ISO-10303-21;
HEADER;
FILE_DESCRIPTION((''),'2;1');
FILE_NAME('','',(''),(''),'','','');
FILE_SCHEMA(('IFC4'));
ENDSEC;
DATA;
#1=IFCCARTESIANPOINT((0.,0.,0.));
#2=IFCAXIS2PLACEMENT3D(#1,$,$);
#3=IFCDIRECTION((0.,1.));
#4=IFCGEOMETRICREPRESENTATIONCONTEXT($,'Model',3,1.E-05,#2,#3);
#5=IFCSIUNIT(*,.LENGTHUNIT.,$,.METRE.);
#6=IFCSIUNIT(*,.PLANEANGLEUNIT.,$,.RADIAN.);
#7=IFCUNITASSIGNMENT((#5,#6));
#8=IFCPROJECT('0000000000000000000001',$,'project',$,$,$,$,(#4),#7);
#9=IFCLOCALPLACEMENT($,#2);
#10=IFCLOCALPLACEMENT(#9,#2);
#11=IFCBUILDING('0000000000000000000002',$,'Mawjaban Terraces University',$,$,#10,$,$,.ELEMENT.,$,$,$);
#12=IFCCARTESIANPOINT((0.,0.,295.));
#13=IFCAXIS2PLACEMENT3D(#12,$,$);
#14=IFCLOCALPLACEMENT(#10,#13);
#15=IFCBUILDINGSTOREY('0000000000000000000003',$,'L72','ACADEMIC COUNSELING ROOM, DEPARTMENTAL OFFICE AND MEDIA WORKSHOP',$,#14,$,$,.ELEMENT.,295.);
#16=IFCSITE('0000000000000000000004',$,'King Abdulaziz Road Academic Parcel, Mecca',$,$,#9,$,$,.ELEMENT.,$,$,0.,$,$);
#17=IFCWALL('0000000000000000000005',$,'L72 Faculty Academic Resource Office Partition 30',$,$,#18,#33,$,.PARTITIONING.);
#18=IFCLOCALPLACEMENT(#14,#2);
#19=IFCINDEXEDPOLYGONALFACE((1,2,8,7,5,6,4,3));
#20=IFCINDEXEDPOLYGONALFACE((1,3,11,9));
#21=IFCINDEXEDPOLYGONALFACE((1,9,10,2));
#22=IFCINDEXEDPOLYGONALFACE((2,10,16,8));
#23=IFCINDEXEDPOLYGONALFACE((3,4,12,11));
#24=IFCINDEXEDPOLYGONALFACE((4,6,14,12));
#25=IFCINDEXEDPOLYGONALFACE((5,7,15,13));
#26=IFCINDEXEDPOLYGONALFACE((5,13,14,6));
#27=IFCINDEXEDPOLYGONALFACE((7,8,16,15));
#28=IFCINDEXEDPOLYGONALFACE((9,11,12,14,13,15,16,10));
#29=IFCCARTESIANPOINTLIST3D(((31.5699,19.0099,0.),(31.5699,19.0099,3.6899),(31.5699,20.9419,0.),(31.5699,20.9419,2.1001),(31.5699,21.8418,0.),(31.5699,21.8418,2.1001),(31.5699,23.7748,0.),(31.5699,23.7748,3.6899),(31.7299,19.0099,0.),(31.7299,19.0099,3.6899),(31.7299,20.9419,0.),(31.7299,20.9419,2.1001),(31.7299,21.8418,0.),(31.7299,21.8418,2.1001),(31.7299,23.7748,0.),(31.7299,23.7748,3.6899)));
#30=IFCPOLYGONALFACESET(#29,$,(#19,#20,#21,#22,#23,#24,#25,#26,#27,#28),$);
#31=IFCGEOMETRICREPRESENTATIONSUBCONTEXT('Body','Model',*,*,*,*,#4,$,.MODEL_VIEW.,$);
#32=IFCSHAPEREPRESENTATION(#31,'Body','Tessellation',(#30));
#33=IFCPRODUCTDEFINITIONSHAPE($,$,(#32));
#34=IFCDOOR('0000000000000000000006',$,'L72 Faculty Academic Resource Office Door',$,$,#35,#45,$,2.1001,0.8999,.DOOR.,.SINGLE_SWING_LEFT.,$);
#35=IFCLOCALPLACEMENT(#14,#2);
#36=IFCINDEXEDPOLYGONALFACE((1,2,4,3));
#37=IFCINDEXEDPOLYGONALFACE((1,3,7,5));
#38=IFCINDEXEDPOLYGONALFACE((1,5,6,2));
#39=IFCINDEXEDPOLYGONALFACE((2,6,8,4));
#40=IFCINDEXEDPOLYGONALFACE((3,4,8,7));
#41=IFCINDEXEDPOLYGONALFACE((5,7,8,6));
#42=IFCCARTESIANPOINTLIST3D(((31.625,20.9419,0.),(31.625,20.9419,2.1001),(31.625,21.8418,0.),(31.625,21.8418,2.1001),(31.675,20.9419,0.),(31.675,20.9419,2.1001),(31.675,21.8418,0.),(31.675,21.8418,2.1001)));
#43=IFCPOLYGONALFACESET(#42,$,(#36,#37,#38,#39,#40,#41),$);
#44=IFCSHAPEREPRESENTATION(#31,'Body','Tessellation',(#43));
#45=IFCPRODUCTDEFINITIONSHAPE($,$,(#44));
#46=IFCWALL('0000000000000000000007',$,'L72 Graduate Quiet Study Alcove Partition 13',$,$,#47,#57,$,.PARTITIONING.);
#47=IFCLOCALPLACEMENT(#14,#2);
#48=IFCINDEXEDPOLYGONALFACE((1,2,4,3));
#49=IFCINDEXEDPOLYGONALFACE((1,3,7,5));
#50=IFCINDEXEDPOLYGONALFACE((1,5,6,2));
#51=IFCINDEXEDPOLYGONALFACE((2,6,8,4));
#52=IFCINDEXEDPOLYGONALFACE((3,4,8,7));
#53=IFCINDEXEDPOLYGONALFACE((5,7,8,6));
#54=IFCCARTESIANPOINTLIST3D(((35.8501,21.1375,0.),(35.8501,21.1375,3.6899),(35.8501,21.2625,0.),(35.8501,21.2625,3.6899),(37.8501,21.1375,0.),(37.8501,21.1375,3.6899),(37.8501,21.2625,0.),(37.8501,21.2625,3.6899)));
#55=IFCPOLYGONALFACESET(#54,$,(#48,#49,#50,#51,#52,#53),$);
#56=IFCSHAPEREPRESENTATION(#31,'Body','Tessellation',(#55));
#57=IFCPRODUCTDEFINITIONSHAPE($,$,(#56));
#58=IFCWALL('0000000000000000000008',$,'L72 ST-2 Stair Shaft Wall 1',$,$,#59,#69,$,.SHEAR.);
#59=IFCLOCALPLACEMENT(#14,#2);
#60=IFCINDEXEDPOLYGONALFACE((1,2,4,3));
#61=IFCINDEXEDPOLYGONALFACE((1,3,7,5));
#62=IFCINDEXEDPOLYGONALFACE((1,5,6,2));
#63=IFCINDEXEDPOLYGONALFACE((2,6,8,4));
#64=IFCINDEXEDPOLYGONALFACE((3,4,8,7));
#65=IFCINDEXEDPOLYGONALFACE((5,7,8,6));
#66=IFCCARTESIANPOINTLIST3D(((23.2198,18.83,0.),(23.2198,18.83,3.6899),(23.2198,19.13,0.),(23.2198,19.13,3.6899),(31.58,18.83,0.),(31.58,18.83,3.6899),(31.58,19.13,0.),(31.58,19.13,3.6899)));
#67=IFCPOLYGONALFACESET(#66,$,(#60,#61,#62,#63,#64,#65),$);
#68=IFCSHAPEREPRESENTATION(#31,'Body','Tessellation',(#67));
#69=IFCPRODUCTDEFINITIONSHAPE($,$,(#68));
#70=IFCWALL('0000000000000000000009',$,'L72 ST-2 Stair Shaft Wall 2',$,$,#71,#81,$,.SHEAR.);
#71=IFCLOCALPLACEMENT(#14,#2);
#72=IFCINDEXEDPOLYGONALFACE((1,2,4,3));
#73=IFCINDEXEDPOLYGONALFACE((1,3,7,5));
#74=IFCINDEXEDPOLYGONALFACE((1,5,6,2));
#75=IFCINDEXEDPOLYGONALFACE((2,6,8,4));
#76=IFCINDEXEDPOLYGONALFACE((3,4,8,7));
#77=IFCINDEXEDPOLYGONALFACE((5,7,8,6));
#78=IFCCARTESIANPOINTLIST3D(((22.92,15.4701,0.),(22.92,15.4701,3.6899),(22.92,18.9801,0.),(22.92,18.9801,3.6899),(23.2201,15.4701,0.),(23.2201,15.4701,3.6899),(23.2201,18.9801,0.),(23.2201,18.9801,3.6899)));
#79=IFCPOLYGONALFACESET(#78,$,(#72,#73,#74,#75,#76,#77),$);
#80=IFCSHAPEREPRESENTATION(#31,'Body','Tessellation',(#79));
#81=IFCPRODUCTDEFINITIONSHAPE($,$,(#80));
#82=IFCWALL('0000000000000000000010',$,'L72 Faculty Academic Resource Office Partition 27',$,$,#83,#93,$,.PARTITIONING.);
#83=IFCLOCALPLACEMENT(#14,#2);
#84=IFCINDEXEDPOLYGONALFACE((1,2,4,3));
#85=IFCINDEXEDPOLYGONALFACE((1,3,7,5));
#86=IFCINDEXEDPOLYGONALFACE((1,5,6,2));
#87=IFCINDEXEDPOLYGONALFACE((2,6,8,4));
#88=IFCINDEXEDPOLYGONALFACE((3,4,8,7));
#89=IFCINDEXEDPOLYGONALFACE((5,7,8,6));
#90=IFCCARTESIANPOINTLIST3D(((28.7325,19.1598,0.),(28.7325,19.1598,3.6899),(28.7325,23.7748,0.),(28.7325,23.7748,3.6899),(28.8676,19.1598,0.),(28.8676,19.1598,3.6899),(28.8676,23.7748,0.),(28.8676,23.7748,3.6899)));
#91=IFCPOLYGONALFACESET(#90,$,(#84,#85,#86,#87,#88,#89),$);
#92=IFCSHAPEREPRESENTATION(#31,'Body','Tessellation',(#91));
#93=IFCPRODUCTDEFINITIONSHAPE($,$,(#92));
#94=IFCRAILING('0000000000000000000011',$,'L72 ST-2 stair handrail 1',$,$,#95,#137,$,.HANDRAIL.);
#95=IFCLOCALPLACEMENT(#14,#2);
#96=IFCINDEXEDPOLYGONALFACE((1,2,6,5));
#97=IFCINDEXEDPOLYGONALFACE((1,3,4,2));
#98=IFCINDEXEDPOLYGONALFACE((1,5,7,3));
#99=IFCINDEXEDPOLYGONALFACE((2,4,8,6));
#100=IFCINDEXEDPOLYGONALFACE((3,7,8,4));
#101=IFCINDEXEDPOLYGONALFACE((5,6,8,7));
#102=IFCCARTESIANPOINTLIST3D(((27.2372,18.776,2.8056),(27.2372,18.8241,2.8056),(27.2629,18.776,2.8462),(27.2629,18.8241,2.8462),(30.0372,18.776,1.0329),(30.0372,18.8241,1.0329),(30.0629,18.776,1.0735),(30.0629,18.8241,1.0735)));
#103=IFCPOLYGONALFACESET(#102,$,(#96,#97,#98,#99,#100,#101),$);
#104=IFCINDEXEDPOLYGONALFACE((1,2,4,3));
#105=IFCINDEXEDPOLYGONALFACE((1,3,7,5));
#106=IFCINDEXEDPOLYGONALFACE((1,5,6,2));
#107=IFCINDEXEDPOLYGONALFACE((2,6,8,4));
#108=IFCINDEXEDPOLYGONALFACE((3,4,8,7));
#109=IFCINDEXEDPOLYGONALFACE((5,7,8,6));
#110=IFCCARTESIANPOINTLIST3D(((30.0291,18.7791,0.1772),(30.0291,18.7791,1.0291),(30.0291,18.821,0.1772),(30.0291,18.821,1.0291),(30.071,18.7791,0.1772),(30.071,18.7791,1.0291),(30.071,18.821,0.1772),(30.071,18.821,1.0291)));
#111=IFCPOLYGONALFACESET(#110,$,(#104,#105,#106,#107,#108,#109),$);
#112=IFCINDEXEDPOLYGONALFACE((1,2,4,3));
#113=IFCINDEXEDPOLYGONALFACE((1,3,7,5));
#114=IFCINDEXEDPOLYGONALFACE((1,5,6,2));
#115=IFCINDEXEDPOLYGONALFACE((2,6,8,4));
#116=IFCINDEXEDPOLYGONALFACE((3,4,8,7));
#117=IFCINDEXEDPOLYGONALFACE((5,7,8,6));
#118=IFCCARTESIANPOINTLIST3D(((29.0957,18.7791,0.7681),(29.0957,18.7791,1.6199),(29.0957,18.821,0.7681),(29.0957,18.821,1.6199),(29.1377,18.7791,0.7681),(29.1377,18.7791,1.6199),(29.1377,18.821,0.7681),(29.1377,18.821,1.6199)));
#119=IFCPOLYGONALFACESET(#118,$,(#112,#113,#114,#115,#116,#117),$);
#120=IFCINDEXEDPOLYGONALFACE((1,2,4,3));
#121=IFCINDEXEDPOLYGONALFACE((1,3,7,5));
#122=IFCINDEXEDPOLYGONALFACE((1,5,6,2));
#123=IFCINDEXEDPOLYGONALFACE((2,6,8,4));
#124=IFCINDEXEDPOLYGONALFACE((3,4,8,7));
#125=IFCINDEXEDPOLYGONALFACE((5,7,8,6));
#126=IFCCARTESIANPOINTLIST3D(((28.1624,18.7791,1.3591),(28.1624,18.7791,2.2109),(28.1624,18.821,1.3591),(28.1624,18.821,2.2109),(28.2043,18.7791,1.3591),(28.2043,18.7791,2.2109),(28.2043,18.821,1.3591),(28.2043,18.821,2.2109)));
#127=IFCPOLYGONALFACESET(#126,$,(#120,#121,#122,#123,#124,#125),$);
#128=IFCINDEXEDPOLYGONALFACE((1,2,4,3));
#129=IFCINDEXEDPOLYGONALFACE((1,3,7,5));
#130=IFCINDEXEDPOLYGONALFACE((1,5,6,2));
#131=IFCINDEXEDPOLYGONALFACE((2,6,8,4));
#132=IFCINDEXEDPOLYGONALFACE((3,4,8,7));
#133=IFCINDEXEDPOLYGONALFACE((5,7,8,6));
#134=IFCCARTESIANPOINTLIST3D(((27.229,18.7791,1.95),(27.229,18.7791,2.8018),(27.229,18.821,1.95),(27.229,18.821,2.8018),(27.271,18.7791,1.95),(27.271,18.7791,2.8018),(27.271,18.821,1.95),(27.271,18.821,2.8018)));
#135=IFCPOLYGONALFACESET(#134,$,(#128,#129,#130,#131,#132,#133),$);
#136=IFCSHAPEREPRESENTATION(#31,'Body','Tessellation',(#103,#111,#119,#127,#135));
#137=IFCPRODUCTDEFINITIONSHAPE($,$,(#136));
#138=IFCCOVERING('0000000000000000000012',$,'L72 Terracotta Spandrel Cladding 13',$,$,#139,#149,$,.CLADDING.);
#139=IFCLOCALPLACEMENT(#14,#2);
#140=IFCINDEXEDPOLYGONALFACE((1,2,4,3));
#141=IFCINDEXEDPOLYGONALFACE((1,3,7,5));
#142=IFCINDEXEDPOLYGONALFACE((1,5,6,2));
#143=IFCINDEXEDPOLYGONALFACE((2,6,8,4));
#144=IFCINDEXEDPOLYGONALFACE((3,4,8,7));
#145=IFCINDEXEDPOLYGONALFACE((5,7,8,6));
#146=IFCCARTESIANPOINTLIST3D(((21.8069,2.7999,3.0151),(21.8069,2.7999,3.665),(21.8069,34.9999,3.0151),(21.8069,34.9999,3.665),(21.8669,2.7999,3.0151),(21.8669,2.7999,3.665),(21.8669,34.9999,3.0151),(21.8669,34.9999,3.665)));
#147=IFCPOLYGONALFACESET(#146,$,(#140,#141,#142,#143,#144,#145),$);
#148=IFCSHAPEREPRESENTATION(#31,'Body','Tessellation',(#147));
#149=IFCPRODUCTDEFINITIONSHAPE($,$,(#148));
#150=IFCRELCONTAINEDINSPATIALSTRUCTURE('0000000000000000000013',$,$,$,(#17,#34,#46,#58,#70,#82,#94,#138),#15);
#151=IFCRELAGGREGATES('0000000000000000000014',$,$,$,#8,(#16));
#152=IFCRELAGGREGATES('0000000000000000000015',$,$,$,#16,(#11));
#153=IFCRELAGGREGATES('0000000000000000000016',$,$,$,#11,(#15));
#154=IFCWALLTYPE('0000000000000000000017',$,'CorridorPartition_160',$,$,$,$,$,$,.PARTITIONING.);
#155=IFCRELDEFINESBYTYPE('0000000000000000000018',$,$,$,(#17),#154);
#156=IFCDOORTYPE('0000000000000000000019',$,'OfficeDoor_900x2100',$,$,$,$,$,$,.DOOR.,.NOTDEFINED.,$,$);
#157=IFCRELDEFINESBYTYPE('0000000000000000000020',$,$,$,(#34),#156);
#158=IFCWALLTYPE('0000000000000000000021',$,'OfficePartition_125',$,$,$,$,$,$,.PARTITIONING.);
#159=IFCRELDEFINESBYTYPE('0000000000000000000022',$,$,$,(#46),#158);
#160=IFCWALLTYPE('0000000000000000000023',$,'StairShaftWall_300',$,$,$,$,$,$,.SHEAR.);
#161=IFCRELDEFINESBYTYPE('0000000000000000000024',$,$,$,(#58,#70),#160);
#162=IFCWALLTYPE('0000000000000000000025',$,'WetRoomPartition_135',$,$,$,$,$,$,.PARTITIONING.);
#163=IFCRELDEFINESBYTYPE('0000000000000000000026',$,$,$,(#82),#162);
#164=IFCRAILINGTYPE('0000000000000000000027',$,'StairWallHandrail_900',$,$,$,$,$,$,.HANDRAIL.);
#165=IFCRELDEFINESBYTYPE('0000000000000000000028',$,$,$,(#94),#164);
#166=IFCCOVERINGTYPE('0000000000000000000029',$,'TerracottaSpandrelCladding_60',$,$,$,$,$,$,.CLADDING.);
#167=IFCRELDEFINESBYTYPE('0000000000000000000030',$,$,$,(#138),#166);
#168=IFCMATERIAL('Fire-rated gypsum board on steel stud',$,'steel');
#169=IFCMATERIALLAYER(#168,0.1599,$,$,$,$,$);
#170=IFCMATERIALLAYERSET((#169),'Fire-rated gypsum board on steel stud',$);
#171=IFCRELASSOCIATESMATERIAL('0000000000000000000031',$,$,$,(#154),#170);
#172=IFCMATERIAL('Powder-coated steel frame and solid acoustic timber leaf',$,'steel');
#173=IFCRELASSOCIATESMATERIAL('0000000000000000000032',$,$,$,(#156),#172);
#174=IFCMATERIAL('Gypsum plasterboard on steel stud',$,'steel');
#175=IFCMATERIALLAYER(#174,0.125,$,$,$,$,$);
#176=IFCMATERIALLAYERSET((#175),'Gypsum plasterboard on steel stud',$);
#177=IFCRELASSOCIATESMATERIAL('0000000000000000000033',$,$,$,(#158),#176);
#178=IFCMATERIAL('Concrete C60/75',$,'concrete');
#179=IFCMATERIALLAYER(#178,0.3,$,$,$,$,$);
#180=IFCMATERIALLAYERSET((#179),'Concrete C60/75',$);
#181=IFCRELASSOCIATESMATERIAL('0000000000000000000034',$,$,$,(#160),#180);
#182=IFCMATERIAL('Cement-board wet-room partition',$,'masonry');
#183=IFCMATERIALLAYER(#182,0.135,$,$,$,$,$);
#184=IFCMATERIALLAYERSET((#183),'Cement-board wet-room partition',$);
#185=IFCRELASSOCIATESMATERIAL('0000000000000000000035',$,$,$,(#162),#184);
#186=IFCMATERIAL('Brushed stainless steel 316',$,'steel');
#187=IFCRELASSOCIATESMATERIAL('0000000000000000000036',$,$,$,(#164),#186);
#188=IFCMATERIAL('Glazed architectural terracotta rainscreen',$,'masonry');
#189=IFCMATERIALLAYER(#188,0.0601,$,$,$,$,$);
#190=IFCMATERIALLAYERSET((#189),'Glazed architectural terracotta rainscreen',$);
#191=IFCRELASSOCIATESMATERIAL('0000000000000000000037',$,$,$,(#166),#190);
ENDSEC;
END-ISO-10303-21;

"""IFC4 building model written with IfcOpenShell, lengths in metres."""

from ifc_helpers import new_model, si_unit, direction, frame, frame_2d, origin, origin_2d, place, context, subcontext, project, spatial, rectangle, extrude, material, layer, layer_set, type_object, element, fill, save


model = new_model("IFC4")

# Units and contexts
model_context = context("Model", 3, precision=1e-05, world=origin(), true_north=direction((0.0, 1.0)))
body_context = subcontext(model_context, "Body", "Model", "MODEL_VIEW")
ifc_project = project(units=[si_unit("LENGTHUNIT", "METRE"), si_unit("PLANEANGLEUNIT", "RADIAN")], contexts=[model_context])

# Site, building, storey
site_placement = place(None, origin())
site = spatial("IfcSite", under=ifc_project, at=site_placement, Name="King Abdulaziz Road Academic Parcel, Mecca", CompositionType="ELEMENT", RefElevation=0.0)
building_placement = place(site_placement, origin())
building = spatial("IfcBuilding", under=site, at=building_placement, Name="Mawjaban Terraces University", CompositionType="ELEMENT")
storey_placement = place(building_placement, frame((0.0, 0.0, 295.0)))
storey = spatial("IfcBuildingStorey", under=building, at=storey_placement, Name="L72", Description="ACADEMIC COUNSELING ROOM, DEPARTMENTAL OFFICE AND MEDIA WORKSHOP", CompositionType="ELEMENT", Elevation=295.0)

# Shared definitions
ifc_material_1 = material(Name="Fire-rated gypsum board on steel stud", Category="steel")
ifc_layer_1 = layer(ifc_material_1, 0.1599)
ifc_layer_set_1 = layer_set([ifc_layer_1], Name="Fire-rated gypsum board on steel stud")
wall_type_1 = type_object("IfcWallType", Name="CorridorPartition_160", PredefinedType="PARTITIONING", material=ifc_layer_set_1)
ifc_material_2 = material(Name="Powder-coated steel frame and solid acoustic timber leaf", Category="steel")

# Wall, opening, door
door_type_1 = type_object("IfcDoorType", Name="OfficeDoor_900x2100", OperationType="NOTDEFINED", PredefinedType="DOOR", material=ifc_material_2)
wall_1_placement = place(storey_placement, frame((31.6499, 19.01, 0.0), z_axis=(0.0, 0.0, 1.0), x_axis=(0.0, 1.0, 0.0)))
wall_1 = element("IfcWall", 1, at=wall_1_placement, inside=storey, type_object=wall_type_1, Name="L72 Faculty Academic Resource Office Partition 30", PredefinedType="PARTITIONING", context=body_context, shape_type="SweptSolid", body=[
    extrude(rectangle(XDim=4.7649, YDim=0.1599, at=frame_2d((2.3823, 0.0))), origin(), (0.0, 0.0, 1.0), 3.6899),
])
opening_1_placement = place(wall_1_placement, frame((1.9319, 0.0, 0.0)))
opening_1 = element("IfcOpeningElement", 2, at=opening_1_placement, cuts=wall_1, PredefinedType="OPENING", context=body_context, shape_type="SweptSolid", body=[
    extrude(rectangle(XDim=0.8999, YDim=2.1001, at=frame_2d((0.45, 1.05))), frame((0.0, 0.0898, 0.0), z_axis=(0.0, -1.0, 0.0), x_axis=(1.0, 0.0, 0.0)), (0.0, 0.0, 1.0), 0.1799),
])
door_1_placement = place(opening_1_placement, origin())
door_1 = element("IfcDoor", 3, at=door_1_placement, inside=storey, type_object=door_type_1, Name="L72 Faculty Academic Resource Office Door", OperationType="SINGLE_SWING_LEFT", OverallHeight=2.1001, OverallWidth=0.8999, PredefinedType="DOOR", context=body_context, shape_type="SweptSolid", body=[
    extrude(rectangle(XDim=0.8999, YDim=2.1001, at=frame_2d((0.45, 1.05))), frame((0.0, 0.0249, 0.0), z_axis=(0.0, -1.0, 0.0), x_axis=(1.0, 0.0, 0.0)), (0.0, 0.0, 1.0), 0.05),
])
fill(opening_1, door_1)

# Walls
ifc_material_3 = material(Name="Gypsum plasterboard on steel stud", Category="steel")
ifc_layer_2 = layer(ifc_material_3, 0.125)
ifc_layer_set_2 = layer_set([ifc_layer_2], Name="Gypsum plasterboard on steel stud")
wall_type_2 = type_object("IfcWallType", Name="OfficePartition_125", PredefinedType="PARTITIONING", material=ifc_layer_set_2)
wall_2_placement = place(storey_placement, frame((35.8501, 21.2, 0.0), z_axis=(0.0, 0.0, 1.0), x_axis=(1.0, 0.0, 0.0)))
element("IfcWall", 4, at=wall_2_placement, inside=storey, type_object=wall_type_2, Name="L72 Graduate Quiet Study Alcove Partition 13", PredefinedType="PARTITIONING", context=body_context, shape_type="SweptSolid", body=[
    extrude(rectangle(XDim=2.0, YDim=0.125, at=frame_2d((1.0, 0.0))), origin(), (0.0, 0.0, 1.0), 3.6899),
])
ifc_material_4 = material(Name="Concrete C60/75", Category="concrete")
ifc_layer_3 = layer(ifc_material_4, 0.3)
ifc_layer_set_3 = layer_set([ifc_layer_3], Name="Concrete C60/75")
wall_type_3 = type_object("IfcWallType", Name="StairShaftWall_300", PredefinedType="SHEAR", material=ifc_layer_set_3)
wall_3_placement = place(storey_placement, frame((31.5801, 18.98, 0.0), z_axis=(0.0, 0.0, 1.0), x_axis=(-1.0, 0.0, 0.0)))
element("IfcWall", 5, at=wall_3_placement, inside=storey, type_object=wall_type_3, Name="L72 ST-2 Stair Shaft Wall 1", PredefinedType="SHEAR", context=body_context, shape_type="SweptSolid", body=[
    extrude(rectangle(XDim=8.3601, YDim=0.3, at=frame_2d((4.1802, 0.0))), origin(), (0.0, 0.0, 1.0), 3.6899),
])
wall_4_placement = place(storey_placement, frame((23.0701, 18.98, 0.0), z_axis=(0.0, 0.0, 1.0), x_axis=(0.0, -1.0, 0.0)))
element("IfcWall", 6, at=wall_4_placement, inside=storey, type_object=wall_type_3, Name="L72 ST-2 Stair Shaft Wall 2", PredefinedType="SHEAR", context=body_context, shape_type="SweptSolid", body=[
    extrude(rectangle(XDim=3.51, YDim=0.3, at=frame_2d((1.7549, 0.0))), origin(), (0.0, 0.0, 1.0), 3.6899),
])
ifc_material_5 = material(Name="Cement-board wet-room partition", Category="masonry")
ifc_layer_4 = layer(ifc_material_5, 0.135)
ifc_layer_set_4 = layer_set([ifc_layer_4], Name="Cement-board wet-room partition")
wall_type_4 = type_object("IfcWallType", Name="WetRoomPartition_135", PredefinedType="PARTITIONING", material=ifc_layer_set_4)
wall_5_placement = place(storey_placement, frame((28.8, 23.7749, 0.0), z_axis=(0.0, 0.0, 1.0), x_axis=(0.0, -1.0, 0.0)))
element("IfcWall", 7, at=wall_5_placement, inside=storey, type_object=wall_type_4, Name="L72 Faculty Academic Resource Office Partition 27", PredefinedType="PARTITIONING", context=body_context, shape_type="SweptSolid", body=[
    extrude(rectangle(XDim=4.615, YDim=0.135, at=frame_2d((2.3076, 0.0))), origin(), (0.0, 0.0, 1.0), 3.6899),
])

# Railing
ifc_material_6 = material(Name="Brushed stainless steel 316", Category="steel")
railing_type_1 = type_object("IfcRailingType", Name="StairWallHandrail_900", PredefinedType="HANDRAIL", material=ifc_material_6)
railing_1_placement = place(storey_placement, frame((30.05, 18.8, 0.1772)))
element("IfcRailing", 8, at=railing_1_placement, inside=storey, type_object=railing_type_1, Name="L72 ST-2 stair handrail 1", PredefinedType="HANDRAIL", context=body_context, shape_type="SweptSolid", body=[
    extrude(rectangle(XDim=0.0481, YDim=0.0481, at=origin_2d()), frame((0.0, 0.0, 0.876), z_axis=(-0.844909, 0.0, 0.53491), x_axis=(0.0, -1.0, 0.0)), (0.0, 0.0, 1.0), 3.314),
    extrude(rectangle(XDim=0.042, YDim=0.042, at=origin_2d()), origin(), (0.0, 0.0, 1.0), 0.8518),
    extrude(rectangle(XDim=0.042, YDim=0.042, at=origin_2d()), frame((-0.9333, 0.0, 0.5908)), (0.0, 0.0, 1.0), 0.8518),
    extrude(rectangle(XDim=0.042, YDim=0.042, at=origin_2d()), frame((-1.8667, 0.0, 1.1819)), (0.0, 0.0, 1.0), 0.8518),
    extrude(rectangle(XDim=0.042, YDim=0.042, at=origin_2d()), frame((-2.8, 0.0, 1.7727)), (0.0, 0.0, 1.0), 0.8518),
])

# Covering
ifc_material_7 = material(Name="Glazed architectural terracotta rainscreen", Category="masonry")
ifc_layer_5 = layer(ifc_material_7, 0.0601)
ifc_layer_set_5 = layer_set([ifc_layer_5], Name="Glazed architectural terracotta rainscreen")
covering_type = type_object("IfcCoveringType", Name="TerracottaSpandrelCladding_60", PredefinedType="CLADDING", material=ifc_layer_set_5)
covering_placement = place(storey_placement, frame((21.8369, 18.8999, 3.0151), z_axis=(0.0, 0.0, 1.0), x_axis=(0.0, -1.0, 0.0)))
element("IfcCovering", 9, at=covering_placement, inside=storey, type_object=covering_type, Name="L72 Terracotta Spandrel Cladding 13", PredefinedType="CLADDING", context=body_context, shape_type="SweptSolid", body=[
    extrude(rectangle(XDim=32.2, YDim=0.0601, at=origin_2d()), origin(), (0.0, 0.0, 1.0), 0.6499),
])

save(model, "model.ifc")
